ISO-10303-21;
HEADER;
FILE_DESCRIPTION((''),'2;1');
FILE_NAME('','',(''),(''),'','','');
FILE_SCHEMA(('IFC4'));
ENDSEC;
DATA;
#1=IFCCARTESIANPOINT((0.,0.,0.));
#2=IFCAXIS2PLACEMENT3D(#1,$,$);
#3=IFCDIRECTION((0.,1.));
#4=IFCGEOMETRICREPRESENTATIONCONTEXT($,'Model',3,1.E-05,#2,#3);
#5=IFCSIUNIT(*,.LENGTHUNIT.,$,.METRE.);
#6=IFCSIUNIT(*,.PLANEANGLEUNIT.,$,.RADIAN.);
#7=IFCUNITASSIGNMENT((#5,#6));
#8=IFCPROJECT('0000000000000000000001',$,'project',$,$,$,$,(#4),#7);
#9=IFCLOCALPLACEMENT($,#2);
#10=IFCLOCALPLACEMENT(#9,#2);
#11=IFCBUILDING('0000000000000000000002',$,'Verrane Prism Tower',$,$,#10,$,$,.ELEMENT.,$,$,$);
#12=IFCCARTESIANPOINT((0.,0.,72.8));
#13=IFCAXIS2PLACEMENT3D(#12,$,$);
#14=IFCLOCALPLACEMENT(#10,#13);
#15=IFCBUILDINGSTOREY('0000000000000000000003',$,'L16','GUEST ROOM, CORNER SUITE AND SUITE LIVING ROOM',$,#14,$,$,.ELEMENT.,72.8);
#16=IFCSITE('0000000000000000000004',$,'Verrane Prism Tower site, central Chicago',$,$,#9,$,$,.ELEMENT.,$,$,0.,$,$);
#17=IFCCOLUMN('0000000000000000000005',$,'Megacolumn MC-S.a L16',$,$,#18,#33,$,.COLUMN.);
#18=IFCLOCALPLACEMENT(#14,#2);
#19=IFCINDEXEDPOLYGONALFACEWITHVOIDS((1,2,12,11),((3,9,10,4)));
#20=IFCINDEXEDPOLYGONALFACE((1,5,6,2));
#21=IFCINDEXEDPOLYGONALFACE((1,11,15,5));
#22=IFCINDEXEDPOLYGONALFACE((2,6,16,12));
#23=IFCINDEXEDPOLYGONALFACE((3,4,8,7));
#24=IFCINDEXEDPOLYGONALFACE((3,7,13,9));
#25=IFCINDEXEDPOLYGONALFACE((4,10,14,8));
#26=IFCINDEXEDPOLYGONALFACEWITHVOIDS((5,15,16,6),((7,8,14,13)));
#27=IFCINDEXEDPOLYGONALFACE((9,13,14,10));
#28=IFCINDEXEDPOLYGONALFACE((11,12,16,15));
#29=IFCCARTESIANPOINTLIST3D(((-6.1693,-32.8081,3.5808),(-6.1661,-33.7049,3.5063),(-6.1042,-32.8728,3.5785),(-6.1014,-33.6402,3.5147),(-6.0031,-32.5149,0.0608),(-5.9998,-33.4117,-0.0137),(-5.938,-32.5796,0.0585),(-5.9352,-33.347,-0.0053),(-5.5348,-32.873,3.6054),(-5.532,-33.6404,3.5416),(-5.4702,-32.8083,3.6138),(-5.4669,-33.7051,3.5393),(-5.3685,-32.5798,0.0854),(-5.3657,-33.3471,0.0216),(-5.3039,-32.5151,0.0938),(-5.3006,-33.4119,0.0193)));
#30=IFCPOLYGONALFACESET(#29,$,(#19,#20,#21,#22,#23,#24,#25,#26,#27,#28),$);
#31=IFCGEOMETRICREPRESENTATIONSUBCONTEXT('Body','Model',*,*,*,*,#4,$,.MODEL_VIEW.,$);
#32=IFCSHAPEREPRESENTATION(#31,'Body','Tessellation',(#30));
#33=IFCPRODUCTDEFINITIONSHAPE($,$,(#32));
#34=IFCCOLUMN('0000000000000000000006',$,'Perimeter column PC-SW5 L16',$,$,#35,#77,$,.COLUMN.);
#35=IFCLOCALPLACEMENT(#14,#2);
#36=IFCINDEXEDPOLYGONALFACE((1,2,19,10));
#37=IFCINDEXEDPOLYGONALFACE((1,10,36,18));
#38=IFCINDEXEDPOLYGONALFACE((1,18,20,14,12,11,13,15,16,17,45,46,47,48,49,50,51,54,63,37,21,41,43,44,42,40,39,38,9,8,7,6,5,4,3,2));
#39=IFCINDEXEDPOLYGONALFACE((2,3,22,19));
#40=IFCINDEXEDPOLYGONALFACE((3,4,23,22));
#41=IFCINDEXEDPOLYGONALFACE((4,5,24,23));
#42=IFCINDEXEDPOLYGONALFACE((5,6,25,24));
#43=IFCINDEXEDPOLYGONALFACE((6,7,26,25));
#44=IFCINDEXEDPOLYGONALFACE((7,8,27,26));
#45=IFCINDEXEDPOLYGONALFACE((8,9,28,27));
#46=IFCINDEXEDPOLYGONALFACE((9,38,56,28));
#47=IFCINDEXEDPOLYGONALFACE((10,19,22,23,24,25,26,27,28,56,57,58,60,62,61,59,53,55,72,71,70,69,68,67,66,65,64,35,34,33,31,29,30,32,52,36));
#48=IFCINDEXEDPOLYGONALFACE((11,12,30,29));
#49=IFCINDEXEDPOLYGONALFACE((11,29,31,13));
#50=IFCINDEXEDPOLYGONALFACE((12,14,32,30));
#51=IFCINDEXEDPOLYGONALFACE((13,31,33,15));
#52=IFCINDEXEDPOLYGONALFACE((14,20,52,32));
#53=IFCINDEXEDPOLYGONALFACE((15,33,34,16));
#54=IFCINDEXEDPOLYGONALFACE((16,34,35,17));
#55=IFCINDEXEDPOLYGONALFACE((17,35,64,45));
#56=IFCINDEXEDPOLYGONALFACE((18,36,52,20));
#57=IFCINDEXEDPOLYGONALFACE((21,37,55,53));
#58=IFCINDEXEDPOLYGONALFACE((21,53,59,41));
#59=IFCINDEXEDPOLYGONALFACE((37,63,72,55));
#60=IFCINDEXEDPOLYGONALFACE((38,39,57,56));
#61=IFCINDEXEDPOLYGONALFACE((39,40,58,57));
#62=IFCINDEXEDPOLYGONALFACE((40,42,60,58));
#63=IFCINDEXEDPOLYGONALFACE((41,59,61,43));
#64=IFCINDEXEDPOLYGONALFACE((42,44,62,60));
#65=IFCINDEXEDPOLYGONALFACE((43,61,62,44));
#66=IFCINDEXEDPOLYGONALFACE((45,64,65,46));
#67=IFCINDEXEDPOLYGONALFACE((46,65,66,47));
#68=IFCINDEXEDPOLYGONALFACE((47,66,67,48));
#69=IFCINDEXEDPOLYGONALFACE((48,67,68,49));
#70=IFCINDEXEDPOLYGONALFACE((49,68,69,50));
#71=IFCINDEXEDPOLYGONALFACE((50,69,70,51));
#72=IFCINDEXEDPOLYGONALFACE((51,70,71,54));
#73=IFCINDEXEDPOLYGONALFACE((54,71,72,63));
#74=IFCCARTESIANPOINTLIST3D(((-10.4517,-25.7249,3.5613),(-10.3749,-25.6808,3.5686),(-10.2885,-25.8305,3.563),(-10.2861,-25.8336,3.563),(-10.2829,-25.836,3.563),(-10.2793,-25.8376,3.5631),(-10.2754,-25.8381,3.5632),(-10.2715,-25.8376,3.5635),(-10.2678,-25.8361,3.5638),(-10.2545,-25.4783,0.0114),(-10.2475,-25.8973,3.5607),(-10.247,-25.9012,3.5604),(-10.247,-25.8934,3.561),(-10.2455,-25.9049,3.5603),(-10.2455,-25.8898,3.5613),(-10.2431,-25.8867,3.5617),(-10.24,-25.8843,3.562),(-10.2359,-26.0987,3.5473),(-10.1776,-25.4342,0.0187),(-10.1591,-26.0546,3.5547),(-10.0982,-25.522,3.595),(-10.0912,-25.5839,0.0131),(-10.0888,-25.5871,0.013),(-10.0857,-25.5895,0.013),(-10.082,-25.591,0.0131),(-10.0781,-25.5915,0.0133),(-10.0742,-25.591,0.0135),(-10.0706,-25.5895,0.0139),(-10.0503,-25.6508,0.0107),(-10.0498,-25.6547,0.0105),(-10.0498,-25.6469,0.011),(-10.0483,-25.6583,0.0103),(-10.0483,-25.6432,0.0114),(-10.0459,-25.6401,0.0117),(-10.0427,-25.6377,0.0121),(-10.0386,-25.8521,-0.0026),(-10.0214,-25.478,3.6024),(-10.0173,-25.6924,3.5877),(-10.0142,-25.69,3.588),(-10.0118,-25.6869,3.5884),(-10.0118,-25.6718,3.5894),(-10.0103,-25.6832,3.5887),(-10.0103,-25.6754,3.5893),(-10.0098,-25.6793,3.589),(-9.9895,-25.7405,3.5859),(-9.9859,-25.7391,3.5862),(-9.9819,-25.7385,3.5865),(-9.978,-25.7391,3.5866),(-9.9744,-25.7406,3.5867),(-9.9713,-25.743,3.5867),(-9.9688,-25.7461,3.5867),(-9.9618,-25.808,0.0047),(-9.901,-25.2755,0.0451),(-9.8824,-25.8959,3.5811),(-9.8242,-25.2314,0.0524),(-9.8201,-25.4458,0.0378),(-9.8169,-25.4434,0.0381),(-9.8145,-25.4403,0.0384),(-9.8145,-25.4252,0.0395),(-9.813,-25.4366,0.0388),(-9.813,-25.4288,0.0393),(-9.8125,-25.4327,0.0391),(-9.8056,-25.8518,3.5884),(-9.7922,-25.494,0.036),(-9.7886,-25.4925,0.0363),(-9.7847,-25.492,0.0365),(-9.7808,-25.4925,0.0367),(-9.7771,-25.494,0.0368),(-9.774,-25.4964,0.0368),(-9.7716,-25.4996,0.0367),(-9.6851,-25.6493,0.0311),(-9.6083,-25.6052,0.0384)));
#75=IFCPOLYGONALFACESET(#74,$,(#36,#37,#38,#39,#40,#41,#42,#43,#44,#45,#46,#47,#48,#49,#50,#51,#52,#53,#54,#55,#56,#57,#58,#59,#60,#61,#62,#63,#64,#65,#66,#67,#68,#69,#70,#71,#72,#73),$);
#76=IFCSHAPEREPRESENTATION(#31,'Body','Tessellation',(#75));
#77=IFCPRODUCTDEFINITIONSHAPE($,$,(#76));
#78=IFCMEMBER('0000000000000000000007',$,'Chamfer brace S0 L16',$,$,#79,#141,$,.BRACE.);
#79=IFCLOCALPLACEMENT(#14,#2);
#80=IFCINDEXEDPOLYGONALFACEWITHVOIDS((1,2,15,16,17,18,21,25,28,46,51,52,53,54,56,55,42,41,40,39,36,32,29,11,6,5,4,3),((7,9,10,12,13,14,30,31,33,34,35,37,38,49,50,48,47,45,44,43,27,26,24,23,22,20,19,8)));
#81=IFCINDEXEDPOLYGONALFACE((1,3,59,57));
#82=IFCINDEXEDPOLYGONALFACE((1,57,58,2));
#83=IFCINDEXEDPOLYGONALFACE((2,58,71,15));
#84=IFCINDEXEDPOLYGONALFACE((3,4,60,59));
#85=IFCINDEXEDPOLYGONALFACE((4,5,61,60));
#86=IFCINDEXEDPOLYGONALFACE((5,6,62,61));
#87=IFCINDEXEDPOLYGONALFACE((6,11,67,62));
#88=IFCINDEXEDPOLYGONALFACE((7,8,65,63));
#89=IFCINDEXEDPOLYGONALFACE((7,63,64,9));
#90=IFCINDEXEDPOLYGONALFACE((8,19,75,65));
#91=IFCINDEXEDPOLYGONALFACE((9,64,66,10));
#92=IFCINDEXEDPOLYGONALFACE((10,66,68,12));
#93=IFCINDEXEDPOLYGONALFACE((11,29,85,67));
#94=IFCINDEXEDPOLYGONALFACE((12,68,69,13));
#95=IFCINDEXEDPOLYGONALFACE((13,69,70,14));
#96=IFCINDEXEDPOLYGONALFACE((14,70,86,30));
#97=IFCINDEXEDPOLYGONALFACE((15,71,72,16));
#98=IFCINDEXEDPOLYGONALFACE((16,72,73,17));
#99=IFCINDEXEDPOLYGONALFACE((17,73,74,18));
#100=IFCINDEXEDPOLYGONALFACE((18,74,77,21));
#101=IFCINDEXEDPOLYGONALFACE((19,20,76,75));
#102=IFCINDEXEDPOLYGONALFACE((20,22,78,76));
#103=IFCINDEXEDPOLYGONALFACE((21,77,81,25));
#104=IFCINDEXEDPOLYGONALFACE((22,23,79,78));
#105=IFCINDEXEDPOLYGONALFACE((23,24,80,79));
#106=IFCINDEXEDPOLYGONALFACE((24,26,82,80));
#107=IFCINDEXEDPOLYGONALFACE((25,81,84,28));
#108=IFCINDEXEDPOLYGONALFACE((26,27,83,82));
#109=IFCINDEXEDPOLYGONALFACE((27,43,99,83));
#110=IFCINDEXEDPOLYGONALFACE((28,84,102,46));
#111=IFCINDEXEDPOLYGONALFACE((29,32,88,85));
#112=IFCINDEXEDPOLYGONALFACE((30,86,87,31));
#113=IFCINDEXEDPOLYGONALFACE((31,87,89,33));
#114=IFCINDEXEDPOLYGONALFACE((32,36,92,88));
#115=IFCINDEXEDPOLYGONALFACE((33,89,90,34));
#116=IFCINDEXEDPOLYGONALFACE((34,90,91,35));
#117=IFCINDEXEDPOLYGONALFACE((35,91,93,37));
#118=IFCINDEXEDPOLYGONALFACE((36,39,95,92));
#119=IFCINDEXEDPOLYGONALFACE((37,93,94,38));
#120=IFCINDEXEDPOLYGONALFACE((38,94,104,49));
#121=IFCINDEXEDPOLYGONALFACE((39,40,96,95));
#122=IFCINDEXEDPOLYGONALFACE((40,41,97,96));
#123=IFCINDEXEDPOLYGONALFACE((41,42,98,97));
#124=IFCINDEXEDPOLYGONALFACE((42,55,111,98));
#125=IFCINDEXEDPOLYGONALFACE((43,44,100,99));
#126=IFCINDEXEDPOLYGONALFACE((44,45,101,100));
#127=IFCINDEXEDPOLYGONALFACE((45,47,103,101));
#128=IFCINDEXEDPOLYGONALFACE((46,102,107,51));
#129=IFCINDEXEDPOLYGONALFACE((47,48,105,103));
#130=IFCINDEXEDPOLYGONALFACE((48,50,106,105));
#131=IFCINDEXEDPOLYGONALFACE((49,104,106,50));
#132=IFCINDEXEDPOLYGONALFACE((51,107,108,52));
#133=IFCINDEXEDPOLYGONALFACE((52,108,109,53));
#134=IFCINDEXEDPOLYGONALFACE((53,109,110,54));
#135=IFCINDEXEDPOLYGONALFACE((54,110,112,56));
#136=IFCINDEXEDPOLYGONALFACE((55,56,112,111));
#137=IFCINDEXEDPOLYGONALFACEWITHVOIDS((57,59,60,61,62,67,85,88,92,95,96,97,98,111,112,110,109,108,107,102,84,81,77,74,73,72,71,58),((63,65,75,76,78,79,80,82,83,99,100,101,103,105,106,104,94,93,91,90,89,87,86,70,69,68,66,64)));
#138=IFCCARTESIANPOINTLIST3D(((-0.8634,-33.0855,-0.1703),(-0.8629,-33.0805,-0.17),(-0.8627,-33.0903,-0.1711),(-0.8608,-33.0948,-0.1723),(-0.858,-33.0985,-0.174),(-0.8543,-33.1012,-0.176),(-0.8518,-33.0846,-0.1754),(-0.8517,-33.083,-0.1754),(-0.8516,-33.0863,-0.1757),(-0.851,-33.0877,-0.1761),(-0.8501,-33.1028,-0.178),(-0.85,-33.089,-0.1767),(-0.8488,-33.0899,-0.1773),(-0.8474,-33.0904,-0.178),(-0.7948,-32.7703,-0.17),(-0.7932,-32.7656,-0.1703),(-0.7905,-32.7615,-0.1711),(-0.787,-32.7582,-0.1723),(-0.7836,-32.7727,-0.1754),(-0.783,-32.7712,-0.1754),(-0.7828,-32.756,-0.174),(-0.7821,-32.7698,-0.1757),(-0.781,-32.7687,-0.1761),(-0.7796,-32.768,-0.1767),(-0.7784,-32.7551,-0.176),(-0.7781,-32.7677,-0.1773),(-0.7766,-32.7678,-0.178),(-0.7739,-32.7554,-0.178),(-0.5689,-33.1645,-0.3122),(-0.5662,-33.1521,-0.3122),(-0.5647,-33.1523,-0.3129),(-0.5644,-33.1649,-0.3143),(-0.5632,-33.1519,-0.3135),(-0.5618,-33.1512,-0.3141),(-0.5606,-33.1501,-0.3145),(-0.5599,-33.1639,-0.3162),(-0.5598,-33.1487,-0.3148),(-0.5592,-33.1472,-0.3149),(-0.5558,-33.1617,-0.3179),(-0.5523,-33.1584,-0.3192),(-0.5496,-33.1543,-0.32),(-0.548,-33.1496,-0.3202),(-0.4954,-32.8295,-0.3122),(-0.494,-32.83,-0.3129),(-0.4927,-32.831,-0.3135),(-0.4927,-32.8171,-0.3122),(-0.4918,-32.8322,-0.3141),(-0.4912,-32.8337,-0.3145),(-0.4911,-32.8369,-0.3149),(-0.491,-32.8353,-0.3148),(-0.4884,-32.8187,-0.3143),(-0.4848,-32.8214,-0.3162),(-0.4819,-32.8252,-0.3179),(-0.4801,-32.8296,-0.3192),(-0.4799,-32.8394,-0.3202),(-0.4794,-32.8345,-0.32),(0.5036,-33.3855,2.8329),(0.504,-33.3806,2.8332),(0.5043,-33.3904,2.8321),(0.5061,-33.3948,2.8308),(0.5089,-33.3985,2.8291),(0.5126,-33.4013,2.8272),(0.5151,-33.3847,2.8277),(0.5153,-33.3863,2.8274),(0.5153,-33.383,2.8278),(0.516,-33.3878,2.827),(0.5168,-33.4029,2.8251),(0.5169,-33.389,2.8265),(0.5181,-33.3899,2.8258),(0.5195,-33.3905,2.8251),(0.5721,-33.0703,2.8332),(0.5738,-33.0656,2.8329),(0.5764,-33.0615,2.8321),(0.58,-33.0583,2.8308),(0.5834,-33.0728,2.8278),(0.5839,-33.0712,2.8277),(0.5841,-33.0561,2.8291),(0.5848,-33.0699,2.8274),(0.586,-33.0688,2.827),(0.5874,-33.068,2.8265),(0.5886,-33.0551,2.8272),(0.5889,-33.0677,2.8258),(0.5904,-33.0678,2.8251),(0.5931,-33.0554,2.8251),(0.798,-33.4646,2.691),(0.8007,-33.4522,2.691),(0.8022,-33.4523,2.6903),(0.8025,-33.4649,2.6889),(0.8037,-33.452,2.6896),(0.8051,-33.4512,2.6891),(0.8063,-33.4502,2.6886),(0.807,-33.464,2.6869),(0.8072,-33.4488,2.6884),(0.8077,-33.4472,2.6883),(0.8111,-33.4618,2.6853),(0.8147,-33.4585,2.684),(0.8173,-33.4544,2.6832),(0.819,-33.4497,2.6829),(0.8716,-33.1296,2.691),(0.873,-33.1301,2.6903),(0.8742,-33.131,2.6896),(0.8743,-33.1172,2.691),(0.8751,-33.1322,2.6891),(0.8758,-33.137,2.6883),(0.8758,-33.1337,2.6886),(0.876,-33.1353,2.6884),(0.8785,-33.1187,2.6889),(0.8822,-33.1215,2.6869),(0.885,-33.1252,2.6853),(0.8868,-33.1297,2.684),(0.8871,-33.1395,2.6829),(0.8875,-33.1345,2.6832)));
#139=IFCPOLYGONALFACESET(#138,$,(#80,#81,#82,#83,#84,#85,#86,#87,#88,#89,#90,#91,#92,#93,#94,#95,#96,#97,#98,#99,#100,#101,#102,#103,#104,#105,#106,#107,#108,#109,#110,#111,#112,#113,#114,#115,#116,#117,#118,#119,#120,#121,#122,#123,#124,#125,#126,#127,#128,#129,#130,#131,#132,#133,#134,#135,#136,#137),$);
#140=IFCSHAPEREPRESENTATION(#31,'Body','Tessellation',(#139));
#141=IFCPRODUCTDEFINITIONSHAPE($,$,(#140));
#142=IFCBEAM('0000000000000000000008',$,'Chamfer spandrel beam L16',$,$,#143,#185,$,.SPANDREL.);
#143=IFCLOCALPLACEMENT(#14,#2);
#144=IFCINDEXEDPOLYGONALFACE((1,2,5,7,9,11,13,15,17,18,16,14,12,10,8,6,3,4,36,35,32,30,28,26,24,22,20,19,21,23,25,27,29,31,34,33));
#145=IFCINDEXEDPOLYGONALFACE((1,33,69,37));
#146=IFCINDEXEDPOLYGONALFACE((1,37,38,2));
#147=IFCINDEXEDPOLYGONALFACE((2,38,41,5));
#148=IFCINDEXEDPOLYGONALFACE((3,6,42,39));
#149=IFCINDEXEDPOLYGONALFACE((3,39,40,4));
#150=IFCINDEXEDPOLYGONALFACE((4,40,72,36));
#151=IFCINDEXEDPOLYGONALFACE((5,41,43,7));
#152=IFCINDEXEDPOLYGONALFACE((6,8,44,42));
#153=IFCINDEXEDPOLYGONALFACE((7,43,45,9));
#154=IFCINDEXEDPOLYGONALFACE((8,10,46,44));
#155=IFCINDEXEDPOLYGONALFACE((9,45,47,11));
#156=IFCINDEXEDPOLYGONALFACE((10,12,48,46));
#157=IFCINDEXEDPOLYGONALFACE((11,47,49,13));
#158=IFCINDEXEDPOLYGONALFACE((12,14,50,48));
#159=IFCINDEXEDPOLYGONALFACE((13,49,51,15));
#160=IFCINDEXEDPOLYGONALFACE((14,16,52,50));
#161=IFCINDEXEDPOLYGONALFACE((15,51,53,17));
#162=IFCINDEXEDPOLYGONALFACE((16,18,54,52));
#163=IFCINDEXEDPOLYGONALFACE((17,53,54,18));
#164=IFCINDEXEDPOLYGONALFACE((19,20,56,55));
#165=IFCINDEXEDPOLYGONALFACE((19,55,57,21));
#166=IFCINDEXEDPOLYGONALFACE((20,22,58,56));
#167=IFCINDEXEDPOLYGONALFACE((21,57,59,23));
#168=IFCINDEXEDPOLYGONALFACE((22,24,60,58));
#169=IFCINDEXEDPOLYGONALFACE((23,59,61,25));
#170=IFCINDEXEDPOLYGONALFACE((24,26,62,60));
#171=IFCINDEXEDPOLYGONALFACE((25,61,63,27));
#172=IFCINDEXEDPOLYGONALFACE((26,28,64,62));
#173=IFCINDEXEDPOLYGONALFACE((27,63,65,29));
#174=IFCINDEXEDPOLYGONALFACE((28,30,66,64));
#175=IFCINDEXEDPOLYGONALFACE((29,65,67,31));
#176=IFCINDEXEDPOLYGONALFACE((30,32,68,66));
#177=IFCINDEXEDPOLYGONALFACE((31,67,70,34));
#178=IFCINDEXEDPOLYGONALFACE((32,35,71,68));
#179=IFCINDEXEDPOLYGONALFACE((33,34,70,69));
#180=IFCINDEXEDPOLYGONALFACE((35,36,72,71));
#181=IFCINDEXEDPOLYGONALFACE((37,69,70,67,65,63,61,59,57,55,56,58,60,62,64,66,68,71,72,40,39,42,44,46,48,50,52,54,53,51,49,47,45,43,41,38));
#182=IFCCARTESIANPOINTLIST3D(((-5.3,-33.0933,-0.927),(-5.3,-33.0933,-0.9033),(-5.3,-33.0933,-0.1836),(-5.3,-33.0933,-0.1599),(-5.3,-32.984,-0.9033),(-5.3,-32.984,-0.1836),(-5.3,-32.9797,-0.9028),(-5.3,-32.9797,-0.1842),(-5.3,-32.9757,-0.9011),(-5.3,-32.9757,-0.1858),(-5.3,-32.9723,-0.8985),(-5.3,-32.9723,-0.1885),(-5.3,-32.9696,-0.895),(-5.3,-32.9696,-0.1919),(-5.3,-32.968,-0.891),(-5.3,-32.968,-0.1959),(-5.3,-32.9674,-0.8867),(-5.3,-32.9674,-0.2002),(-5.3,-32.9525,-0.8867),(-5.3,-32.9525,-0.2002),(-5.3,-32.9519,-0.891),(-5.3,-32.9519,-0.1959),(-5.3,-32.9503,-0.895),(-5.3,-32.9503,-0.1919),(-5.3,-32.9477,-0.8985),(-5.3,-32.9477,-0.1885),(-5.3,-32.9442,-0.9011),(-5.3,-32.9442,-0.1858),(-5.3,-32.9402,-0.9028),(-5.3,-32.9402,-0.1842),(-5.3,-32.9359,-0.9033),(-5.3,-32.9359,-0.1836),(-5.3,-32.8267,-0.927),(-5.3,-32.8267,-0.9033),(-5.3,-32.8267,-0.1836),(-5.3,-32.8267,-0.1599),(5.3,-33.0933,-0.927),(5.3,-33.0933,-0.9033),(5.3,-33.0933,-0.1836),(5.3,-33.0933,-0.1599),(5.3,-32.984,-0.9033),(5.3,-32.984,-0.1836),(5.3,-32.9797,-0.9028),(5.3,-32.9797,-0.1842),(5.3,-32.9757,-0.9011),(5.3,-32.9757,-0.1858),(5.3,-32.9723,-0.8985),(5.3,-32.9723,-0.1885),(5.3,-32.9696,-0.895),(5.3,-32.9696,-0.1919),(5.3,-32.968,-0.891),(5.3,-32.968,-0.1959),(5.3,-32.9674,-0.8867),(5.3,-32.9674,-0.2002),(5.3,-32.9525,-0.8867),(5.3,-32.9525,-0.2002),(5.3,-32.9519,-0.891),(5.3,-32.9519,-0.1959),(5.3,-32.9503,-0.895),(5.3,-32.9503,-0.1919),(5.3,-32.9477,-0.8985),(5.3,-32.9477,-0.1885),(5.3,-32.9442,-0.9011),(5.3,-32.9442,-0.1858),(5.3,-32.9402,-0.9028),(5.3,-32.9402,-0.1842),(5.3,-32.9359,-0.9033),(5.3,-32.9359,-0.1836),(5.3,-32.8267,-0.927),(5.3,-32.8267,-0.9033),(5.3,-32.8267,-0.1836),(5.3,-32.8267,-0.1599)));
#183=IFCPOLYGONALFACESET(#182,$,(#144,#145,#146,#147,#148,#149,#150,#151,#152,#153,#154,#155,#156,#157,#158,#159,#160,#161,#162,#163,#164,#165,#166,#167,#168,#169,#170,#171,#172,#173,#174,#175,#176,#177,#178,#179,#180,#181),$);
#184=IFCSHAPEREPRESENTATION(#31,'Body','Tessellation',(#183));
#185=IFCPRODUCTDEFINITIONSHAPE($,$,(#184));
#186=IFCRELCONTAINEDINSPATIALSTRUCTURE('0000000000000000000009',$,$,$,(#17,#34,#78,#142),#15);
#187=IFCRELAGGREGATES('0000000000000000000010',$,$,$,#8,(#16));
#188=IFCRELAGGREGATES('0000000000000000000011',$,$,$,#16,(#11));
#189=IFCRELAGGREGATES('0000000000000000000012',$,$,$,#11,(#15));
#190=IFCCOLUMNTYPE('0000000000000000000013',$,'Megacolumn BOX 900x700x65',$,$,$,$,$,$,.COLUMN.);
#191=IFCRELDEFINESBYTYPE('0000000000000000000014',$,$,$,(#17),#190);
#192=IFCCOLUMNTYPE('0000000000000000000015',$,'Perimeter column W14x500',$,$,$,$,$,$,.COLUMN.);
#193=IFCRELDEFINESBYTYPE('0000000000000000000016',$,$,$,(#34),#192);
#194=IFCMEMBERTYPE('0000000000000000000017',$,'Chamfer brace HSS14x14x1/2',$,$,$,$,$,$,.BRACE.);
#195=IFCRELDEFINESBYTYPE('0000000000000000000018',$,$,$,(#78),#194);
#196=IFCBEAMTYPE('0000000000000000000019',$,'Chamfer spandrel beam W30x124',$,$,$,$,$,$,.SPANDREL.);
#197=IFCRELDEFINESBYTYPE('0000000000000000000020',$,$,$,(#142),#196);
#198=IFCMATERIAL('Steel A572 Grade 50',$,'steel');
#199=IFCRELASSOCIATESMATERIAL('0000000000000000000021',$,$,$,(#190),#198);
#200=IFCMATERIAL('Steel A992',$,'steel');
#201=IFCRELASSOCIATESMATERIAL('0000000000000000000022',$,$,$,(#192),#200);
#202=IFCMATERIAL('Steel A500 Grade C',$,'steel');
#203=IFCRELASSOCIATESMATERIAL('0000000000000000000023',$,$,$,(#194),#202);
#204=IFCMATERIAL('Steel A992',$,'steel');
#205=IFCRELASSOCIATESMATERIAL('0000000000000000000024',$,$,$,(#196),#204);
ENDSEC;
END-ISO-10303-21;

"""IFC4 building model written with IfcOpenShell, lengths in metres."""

from ifc_helpers import new_model, si_unit, direction, frame, origin, origin_2d, place, context, subcontext, project, spatial, hollow_rectangle, i_section, extrude, material, material_profile, profile_set, type_object, element, save


model = new_model("IFC4")

# Units and contexts
model_context = context("Model", 3, precision=1e-05, world=origin(), true_north=direction((0.0, 1.0)))
body_context = subcontext(model_context, "Body", "Model", "MODEL_VIEW")
ifc_project = project(units=[si_unit("LENGTHUNIT", "METRE"), si_unit("PLANEANGLEUNIT", "RADIAN")], contexts=[model_context])

# Site, building, storey
site_placement = place(None, origin())
site = spatial("IfcSite", under=ifc_project, at=site_placement, Name="Verrane Prism Tower site, central Chicago", CompositionType="ELEMENT", RefElevation=0.0)
building_placement = place(site_placement, origin())
building = spatial("IfcBuilding", under=site, at=building_placement, Name="Verrane Prism Tower", CompositionType="ELEMENT")
storey_placement = place(building_placement, frame((0.0, 0.0, 72.8)))
storey = spatial("IfcBuildingStorey", under=building, at=storey_placement, Name="L16", Description="GUEST ROOM, CORNER SUITE AND SUITE LIVING ROOM", CompositionType="ELEMENT", Elevation=72.8)

# Columns
ifc_material_1 = material(Name="Steel A572 Grade 50", Category="steel")
ifc_material_profile_1 = material_profile(ifc_material_1, hollow_rectangle(XDim=0.7, YDim=0.8999, WallThickness=0.0649, at=origin_2d()), Name="BOX 900x700x65")
ifc_profile_set_1 = profile_set([ifc_material_profile_1], Name="Steel A572 Grade 50")
column_type_1 = type_object("IfcColumnType", Name="Megacolumn BOX 900x700x65", PredefinedType="COLUMN", material=ifc_profile_set_1)
column_1_placement = place(storey_placement, frame((-5.6519, -32.9634, 0.04), z_axis=(-0.047018, -0.082919, 0.995446), x_axis=(-0.998887, 0.000272, -0.047157)))
element("IfcColumn", 1, at=column_1_placement, inside=storey, type_object=column_type_1, Name="Megacolumn MC-S.a L16", PredefinedType="COLUMN", context=body_context, shape_type="SweptSolid", body=[
    extrude(hollow_rectangle(XDim=0.7, YDim=0.8999, WallThickness=0.0649, at=origin_2d()), origin(), (0.0, 0.0, 1.0), 3.5361),
])
ifc_material_2 = material(Name="Steel A992", Category="steel")
ifc_material_profile_2 = material_profile(ifc_material_2, i_section(OverallWidth=0.4319, OverallDepth=0.4978, WebThickness=0.0557, FlangeThickness=0.0889, FilletRadius=0.0151, at=origin_2d()), Name="W14x500")
ifc_profile_set_2 = profile_set([ifc_material_profile_2], Name="Steel A992")
column_type_2 = type_object("IfcColumnType", Name="Perimeter column W14x500", PredefinedType="COLUMN", material=ifc_profile_set_2)
column_2_placement = place(storey_placement, frame((-9.9314, -25.5417, 0.0249), z_axis=(-0.055348, -0.069186, 0.996067), x_axis=(-0.499739, 0.865572, 0.032353)))
element("IfcColumn", 2, at=column_2_placement, inside=storey, type_object=column_type_2, Name="Perimeter column PC-SW5 L16", PredefinedType="COLUMN", context=body_context, shape_type="SweptSolid", body=[
    extrude(i_section(OverallWidth=0.4319, OverallDepth=0.4978, WebThickness=0.0557, FlangeThickness=0.0889, FilletRadius=0.0151, at=origin_2d()), origin(), (0.0, 0.0, 1.0), 3.564),
])

# Member
ifc_material_3 = material(Name="Steel A500 Grade C", Category="steel")
ifc_material_profile_3 = material_profile(ifc_material_3, hollow_rectangle(XDim=0.3557, YDim=0.3557, WallThickness=0.0127, InnerFilletRadius=0.0063, OuterFilletRadius=0.019, at=origin_2d()), Name="HSS14x14x1/2")
ifc_profile_set_3 = profile_set([ifc_material_profile_3], Name="Steel A500 Grade C")
member_type_1 = type_object("IfcMemberType", Name="Chamfer brace HSS14x14x1/2", PredefinedType="BRACE", material=ifc_profile_set_3)
member_1_placement = place(storey_placement, frame((-0.6714, -32.96, -0.2451), z_axis=(0.412569, -0.09056, 0.906414), x_axis=(0.214399, 0.976746, 0.0)))
element("IfcMember", 3, at=member_1_placement, inside=storey, type_object=member_type_1, Name="Chamfer brace S0 L16", PredefinedType="BRACE", context=body_context, shape_type="SweptSolid", body=[
    extrude(hollow_rectangle(XDim=0.3557, YDim=0.3557, WallThickness=0.0127, InnerFilletRadius=0.0063, OuterFilletRadius=0.019, at=origin_2d()), origin(), (0.0, 0.0, 1.0), 3.3132),
])

# Beam
ifc_material_4 = material(Name="Steel A992", Category="steel")
ifc_material_profile_4 = material_profile(ifc_material_4, i_section(OverallWidth=0.2666, OverallDepth=0.7671, WebThickness=0.0149, FlangeThickness=0.0237, FilletRadius=0.0166, at=origin_2d()), Name="W30x124")
ifc_profile_set_4 = profile_set([ifc_material_profile_4], Name="Steel A992")
beam_type_1 = type_object("IfcBeamType", Name="Chamfer spandrel beam W30x124", PredefinedType="SPANDREL", material=ifc_profile_set_4)
beam_1_placement = place(storey_placement, frame((-5.3, -32.96, -0.5435), z_axis=(1.0, 0.0, 0.0), x_axis=(0.0, 1.0, 0.0)))
element("IfcBeam", 4, at=beam_1_placement, inside=storey, type_object=beam_type_1, Name="Chamfer spandrel beam L16", PredefinedType="SPANDREL", context=body_context, shape_type="SweptSolid", body=[
    extrude(i_section(OverallWidth=0.2666, OverallDepth=0.7671, WebThickness=0.0149, FlangeThickness=0.0237, FilletRadius=0.0166, at=origin_2d()), origin(), (0.0, 0.0, 1.0), 10.6001),
])

save(model, "model.ifc")
